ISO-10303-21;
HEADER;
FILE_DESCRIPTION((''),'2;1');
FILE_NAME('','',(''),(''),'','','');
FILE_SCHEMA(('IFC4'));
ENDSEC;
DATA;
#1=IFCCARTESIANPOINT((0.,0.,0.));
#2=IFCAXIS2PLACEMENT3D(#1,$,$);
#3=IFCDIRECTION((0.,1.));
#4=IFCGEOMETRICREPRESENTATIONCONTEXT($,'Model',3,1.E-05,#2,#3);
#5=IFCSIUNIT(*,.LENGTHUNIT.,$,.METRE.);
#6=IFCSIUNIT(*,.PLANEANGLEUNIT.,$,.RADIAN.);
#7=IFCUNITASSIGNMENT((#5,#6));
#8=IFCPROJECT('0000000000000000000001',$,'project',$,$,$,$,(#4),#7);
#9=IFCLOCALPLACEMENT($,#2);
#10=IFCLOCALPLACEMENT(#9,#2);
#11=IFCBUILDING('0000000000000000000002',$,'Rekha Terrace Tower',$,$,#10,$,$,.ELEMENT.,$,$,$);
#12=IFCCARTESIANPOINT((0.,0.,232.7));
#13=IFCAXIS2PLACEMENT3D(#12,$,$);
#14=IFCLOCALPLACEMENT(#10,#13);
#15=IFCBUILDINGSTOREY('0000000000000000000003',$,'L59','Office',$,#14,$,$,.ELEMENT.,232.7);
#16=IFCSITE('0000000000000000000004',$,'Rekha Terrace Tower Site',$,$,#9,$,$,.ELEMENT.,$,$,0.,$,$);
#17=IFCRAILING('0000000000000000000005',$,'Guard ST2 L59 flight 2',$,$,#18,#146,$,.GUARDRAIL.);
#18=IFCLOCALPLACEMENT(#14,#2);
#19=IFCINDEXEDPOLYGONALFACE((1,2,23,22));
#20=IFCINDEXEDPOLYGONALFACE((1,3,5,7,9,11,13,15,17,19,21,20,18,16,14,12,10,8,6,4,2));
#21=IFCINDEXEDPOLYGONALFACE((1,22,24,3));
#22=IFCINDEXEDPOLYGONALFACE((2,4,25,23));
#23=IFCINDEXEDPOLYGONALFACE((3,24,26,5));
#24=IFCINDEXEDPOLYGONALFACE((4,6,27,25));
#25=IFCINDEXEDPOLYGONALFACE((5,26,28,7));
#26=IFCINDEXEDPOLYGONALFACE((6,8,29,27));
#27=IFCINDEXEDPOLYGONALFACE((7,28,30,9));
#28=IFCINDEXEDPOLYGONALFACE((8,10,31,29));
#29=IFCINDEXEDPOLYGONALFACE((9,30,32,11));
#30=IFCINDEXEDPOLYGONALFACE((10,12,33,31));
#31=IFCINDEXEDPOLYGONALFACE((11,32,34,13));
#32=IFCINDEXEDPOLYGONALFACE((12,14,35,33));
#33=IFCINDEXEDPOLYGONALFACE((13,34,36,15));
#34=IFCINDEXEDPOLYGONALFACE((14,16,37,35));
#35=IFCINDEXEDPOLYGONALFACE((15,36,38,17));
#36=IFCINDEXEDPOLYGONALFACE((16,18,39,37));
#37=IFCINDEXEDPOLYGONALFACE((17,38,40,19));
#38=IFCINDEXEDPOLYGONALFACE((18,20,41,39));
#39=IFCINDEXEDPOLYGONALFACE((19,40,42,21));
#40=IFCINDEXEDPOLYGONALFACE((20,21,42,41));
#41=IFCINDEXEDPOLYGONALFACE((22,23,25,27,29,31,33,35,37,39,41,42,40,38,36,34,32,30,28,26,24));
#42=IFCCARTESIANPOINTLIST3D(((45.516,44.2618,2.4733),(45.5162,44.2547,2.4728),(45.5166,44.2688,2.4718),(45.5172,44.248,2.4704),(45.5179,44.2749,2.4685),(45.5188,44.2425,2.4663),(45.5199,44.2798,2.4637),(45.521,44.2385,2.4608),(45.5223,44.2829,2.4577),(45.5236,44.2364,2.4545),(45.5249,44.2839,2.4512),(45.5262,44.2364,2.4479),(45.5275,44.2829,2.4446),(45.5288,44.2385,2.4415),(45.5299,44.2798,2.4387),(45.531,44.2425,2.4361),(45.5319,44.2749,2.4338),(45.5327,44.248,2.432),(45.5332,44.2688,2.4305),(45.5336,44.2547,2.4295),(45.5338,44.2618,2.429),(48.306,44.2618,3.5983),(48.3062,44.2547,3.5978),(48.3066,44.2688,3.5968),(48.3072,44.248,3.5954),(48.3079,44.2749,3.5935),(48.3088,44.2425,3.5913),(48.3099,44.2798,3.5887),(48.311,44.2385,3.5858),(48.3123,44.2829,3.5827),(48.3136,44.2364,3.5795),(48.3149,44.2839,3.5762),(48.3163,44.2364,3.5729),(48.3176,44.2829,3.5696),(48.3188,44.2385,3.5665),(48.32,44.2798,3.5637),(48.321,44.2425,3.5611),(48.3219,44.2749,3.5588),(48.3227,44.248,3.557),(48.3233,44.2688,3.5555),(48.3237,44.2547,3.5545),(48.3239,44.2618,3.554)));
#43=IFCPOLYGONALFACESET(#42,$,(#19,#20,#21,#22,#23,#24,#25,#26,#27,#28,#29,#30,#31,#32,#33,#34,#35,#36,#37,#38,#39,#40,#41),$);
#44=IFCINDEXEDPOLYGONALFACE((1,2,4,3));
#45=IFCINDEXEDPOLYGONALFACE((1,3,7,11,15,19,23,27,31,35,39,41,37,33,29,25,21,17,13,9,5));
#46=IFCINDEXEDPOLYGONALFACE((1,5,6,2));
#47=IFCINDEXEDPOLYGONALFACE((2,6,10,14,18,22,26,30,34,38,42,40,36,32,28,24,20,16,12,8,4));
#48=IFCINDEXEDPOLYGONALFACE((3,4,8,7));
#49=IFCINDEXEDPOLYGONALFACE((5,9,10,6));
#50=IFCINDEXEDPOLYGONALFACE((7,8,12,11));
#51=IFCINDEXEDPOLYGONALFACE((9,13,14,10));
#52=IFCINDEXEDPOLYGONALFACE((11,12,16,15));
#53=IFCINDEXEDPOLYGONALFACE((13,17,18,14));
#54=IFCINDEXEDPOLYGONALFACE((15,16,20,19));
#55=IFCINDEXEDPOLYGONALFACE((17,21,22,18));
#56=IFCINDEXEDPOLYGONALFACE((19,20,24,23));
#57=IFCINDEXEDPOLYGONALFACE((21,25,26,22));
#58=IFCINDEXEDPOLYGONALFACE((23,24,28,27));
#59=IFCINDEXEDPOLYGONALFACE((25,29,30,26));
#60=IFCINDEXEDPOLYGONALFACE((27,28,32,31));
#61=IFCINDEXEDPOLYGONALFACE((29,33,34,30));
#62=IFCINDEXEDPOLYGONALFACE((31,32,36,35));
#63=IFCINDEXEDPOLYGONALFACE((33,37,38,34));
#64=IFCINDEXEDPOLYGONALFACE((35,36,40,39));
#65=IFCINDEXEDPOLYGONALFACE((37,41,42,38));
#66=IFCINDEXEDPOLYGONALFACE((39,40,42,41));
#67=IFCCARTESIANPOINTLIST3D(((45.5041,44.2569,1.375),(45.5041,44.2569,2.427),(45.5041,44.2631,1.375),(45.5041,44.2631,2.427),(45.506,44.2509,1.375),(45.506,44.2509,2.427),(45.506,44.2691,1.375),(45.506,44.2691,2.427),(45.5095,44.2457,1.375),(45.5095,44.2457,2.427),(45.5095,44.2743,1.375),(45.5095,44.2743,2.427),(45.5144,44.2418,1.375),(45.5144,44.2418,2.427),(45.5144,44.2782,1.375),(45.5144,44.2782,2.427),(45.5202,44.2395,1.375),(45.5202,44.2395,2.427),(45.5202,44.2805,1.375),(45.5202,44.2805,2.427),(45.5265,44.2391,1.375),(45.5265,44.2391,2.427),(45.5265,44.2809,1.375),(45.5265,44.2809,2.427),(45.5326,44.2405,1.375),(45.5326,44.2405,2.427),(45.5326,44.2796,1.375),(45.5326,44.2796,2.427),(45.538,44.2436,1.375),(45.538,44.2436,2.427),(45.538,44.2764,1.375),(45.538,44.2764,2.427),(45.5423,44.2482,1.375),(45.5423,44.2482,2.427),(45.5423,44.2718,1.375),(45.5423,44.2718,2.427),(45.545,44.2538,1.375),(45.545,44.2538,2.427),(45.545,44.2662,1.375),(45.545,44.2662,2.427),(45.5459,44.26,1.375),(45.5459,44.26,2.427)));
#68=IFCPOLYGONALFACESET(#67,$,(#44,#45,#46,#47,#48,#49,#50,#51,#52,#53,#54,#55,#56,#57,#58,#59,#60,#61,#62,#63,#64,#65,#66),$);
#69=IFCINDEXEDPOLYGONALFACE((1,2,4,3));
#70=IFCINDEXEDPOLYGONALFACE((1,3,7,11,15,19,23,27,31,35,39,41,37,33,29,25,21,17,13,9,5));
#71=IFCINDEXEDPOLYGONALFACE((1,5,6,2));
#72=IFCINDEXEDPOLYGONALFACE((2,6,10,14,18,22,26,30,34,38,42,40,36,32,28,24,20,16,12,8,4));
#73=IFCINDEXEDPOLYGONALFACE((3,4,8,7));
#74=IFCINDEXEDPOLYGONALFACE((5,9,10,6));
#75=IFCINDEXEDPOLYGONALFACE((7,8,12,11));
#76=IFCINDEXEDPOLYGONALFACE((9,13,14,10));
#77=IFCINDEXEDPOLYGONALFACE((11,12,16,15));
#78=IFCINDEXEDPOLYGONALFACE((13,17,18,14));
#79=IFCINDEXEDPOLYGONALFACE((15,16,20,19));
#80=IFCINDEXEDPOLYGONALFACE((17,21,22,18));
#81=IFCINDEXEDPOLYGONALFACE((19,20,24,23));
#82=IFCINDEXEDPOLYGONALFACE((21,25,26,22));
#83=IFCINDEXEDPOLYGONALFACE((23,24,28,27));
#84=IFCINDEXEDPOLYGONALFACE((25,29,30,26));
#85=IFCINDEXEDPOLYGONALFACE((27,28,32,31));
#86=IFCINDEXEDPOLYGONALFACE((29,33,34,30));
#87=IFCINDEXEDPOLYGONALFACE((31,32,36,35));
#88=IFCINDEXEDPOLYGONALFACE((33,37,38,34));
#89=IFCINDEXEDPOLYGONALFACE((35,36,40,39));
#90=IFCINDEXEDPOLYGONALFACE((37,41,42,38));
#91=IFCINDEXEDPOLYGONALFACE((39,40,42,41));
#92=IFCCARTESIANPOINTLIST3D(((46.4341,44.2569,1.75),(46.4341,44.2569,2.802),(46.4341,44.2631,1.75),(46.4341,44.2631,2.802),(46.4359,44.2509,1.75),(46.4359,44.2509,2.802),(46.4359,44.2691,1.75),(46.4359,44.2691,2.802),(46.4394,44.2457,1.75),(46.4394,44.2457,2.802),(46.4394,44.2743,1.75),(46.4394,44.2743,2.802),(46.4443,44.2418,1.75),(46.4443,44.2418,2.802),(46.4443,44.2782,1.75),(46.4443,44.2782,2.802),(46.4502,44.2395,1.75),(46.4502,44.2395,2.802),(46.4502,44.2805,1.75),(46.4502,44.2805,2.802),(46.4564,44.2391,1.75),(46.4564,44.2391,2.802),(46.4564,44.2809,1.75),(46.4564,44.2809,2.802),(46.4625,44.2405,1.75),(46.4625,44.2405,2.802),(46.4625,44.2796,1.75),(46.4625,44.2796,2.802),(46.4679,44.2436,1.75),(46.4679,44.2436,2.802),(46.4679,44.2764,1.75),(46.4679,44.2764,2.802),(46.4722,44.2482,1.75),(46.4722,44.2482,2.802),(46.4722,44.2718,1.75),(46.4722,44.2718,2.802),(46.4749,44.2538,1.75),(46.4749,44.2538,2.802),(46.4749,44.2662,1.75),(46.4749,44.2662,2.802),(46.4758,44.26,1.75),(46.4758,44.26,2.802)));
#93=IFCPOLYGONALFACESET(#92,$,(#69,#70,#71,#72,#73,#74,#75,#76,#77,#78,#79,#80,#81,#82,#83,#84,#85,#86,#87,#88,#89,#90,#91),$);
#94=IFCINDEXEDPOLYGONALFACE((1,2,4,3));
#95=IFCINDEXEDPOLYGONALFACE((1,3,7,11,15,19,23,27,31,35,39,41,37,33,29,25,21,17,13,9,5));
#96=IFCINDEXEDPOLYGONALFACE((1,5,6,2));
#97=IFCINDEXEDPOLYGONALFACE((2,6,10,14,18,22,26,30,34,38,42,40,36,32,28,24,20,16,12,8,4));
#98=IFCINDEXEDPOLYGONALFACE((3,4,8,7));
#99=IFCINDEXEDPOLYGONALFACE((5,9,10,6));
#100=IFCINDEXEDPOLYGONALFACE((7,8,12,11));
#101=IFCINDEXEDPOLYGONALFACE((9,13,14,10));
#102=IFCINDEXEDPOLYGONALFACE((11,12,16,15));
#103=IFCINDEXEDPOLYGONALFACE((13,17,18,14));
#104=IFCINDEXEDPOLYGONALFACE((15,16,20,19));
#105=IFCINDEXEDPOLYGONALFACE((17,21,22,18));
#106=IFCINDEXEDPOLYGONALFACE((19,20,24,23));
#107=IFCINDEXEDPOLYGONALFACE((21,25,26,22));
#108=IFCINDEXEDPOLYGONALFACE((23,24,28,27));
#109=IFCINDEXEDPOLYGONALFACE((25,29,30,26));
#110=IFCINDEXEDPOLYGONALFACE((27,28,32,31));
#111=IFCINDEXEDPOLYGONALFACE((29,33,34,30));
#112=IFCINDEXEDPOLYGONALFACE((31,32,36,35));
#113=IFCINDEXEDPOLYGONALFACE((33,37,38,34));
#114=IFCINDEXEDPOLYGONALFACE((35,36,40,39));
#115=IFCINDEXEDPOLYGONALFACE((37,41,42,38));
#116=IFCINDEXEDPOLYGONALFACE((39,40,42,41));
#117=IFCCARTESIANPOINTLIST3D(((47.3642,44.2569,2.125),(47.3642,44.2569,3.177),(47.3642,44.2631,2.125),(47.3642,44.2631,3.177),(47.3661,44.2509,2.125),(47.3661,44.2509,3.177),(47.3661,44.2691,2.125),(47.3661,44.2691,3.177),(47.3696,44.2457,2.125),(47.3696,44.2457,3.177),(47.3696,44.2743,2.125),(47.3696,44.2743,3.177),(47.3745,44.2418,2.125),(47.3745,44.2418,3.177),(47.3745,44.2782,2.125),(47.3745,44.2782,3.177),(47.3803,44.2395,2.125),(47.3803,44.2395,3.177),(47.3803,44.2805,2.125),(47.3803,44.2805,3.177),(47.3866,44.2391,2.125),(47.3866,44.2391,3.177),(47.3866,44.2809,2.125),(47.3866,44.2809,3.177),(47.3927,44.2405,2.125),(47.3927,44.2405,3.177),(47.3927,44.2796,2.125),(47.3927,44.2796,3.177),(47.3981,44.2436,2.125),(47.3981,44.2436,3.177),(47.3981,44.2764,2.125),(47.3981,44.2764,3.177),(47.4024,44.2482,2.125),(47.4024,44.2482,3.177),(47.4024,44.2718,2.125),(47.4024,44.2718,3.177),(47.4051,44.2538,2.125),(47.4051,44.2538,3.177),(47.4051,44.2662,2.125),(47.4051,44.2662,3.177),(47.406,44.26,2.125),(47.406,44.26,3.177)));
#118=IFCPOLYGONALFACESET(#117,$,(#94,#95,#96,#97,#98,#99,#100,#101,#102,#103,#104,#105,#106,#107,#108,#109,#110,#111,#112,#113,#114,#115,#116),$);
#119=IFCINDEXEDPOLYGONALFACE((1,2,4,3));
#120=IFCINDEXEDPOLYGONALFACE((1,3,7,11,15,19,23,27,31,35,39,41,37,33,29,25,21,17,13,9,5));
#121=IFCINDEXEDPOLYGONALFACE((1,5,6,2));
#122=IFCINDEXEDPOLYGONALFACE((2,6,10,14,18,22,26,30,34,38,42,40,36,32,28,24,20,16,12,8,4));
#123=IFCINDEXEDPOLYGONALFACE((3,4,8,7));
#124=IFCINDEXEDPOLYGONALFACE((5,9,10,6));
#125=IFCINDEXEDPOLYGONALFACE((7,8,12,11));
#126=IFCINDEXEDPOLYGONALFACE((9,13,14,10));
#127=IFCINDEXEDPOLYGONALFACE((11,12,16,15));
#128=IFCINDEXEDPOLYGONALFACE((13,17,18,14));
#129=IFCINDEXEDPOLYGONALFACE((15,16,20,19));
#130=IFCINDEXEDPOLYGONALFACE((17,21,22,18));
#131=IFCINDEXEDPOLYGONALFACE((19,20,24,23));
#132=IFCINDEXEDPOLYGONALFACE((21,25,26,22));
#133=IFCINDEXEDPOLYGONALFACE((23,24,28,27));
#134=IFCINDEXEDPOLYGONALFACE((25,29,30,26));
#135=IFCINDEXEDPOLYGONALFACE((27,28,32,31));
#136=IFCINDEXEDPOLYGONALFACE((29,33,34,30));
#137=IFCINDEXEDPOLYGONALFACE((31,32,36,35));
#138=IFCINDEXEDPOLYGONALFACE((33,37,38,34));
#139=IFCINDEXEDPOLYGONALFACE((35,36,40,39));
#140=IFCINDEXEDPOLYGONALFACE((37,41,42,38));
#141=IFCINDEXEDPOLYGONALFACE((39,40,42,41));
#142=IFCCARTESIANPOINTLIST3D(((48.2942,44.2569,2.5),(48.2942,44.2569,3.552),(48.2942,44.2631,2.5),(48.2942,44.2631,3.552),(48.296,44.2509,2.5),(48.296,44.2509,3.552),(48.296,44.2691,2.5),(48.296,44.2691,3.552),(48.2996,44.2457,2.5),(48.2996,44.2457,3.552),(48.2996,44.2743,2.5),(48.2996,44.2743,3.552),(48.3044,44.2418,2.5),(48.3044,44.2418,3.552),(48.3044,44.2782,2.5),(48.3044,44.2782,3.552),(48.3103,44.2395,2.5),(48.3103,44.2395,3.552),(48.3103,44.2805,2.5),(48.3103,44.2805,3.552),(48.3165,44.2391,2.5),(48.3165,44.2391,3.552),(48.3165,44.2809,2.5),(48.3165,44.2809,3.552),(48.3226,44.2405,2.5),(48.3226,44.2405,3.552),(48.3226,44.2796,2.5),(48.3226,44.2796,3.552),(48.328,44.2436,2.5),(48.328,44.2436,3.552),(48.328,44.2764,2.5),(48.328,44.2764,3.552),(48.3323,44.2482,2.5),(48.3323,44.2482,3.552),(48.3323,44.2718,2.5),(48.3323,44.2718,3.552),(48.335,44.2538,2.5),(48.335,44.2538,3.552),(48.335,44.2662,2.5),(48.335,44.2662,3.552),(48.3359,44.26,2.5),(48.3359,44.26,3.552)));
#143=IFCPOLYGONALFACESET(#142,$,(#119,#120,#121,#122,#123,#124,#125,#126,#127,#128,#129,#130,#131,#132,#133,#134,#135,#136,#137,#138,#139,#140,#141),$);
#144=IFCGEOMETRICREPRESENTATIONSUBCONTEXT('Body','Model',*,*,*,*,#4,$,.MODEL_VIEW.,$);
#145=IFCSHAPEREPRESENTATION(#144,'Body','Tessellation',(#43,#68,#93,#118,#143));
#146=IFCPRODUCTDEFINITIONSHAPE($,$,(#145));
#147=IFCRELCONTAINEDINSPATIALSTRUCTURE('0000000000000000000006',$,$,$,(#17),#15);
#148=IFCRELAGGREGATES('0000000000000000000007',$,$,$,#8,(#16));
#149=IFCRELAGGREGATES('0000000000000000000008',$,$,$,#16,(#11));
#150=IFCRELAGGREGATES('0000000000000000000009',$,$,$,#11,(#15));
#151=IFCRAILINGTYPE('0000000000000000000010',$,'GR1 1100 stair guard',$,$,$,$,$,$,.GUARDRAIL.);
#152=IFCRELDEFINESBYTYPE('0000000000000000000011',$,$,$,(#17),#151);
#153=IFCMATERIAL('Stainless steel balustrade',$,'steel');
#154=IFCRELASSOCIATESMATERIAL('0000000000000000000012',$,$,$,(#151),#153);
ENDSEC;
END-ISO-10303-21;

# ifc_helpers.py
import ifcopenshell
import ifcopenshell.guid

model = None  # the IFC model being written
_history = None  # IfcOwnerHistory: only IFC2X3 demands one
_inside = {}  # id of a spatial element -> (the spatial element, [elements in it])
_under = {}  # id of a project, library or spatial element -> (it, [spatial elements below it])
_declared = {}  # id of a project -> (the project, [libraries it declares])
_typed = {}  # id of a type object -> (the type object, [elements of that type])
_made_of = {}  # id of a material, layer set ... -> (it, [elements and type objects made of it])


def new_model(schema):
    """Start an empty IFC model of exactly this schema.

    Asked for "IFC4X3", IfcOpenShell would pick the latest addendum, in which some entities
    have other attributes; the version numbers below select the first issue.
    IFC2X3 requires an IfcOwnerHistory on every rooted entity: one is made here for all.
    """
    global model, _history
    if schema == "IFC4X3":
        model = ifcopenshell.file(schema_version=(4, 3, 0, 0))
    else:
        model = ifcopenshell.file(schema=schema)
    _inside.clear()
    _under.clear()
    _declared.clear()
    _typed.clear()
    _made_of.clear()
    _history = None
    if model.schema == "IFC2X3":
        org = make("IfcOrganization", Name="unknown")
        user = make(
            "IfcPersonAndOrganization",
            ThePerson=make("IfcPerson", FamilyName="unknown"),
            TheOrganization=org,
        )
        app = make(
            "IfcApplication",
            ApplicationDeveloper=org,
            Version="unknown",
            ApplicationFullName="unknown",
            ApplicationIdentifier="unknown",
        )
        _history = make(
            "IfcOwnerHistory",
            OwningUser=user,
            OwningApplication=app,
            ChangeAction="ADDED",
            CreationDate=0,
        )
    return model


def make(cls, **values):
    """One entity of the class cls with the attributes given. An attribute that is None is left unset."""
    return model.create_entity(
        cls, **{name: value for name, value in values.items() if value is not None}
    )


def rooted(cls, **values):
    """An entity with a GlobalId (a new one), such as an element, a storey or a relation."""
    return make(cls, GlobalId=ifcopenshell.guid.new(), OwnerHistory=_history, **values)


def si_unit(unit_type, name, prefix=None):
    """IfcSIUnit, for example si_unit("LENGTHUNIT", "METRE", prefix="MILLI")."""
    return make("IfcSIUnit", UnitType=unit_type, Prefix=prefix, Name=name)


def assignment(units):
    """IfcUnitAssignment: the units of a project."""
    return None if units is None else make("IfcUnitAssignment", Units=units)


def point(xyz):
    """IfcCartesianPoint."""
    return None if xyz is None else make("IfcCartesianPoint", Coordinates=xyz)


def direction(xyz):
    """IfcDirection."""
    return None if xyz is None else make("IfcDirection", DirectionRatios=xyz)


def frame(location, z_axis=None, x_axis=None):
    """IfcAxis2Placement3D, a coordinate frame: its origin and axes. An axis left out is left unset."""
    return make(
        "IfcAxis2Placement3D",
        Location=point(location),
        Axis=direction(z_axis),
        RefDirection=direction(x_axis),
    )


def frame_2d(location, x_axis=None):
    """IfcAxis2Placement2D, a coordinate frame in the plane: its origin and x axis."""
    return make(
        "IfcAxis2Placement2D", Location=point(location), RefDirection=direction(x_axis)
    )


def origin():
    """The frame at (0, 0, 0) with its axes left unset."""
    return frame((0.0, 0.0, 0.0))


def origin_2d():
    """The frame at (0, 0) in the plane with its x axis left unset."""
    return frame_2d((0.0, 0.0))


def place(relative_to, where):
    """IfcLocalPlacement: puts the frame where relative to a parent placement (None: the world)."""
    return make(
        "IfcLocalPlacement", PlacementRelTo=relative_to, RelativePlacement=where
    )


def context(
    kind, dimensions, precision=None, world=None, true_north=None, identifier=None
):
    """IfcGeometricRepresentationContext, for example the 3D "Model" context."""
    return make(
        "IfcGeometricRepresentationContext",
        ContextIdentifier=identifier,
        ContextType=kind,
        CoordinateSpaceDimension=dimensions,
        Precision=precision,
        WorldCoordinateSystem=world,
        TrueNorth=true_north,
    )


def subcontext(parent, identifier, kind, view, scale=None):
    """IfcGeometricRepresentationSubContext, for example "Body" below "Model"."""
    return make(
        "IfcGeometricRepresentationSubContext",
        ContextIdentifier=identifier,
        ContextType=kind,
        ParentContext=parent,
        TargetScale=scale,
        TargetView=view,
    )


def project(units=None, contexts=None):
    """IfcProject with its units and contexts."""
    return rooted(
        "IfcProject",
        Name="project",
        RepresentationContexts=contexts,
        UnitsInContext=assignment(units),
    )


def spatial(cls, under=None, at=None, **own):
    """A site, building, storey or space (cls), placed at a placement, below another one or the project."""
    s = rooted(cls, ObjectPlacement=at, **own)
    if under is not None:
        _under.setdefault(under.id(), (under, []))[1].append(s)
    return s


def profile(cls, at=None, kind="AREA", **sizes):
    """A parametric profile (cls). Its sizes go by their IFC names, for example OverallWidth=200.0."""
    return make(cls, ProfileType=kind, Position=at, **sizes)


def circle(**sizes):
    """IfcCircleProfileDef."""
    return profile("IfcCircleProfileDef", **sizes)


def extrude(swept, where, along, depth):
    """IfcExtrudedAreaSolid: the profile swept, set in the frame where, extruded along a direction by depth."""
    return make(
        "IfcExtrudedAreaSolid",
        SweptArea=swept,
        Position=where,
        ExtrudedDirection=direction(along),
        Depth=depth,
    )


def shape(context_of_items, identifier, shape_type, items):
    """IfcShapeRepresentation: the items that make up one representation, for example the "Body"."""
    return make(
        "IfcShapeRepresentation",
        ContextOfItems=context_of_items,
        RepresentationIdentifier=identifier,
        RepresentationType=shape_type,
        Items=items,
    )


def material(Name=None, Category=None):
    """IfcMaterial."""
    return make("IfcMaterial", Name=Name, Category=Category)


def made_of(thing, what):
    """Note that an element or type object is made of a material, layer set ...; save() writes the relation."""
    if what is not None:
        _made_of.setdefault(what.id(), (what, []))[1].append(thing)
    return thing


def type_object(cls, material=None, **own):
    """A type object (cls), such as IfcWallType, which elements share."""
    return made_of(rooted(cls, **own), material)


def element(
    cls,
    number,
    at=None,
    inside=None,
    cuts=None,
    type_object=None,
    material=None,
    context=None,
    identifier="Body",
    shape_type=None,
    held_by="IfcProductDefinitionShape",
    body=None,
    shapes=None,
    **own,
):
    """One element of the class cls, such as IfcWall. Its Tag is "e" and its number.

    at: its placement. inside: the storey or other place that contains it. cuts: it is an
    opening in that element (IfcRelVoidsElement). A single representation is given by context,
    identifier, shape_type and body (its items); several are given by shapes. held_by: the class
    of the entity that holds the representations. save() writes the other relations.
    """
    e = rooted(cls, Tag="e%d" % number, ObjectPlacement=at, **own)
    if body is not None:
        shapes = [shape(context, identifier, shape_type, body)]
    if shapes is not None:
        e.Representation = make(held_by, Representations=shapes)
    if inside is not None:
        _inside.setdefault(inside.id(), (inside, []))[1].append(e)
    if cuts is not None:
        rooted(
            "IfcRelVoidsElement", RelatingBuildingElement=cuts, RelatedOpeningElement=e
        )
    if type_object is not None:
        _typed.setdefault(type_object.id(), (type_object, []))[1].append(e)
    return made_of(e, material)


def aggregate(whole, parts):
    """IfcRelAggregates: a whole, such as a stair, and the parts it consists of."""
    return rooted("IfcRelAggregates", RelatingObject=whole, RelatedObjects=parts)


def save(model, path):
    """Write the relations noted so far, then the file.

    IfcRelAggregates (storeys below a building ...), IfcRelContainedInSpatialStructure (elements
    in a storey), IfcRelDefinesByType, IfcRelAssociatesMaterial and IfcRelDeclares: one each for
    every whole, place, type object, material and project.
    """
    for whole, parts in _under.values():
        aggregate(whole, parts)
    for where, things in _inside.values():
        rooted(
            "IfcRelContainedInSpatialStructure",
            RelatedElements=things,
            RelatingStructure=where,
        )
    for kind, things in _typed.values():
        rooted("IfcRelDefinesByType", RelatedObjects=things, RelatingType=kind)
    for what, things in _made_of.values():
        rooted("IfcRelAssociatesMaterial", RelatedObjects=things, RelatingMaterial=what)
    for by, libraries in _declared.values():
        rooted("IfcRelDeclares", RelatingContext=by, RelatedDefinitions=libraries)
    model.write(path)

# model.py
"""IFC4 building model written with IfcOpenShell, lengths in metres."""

from ifc_helpers import new_model, si_unit, direction, frame, origin, origin_2d, place, context, subcontext, project, spatial, circle, extrude, material, type_object, element, save


model = new_model("IFC4")

# Units and contexts
model_context = context("Model", 3, precision=1e-05, world=origin(), true_north=direction((0.0, 1.0)))
body_context = subcontext(model_context, "Body", "Model", "MODEL_VIEW")
ifc_project = project(units=[si_unit("LENGTHUNIT", "METRE"), si_unit("PLANEANGLEUNIT", "RADIAN")], contexts=[model_context])

# Site, building, storey
site_placement = place(None, origin())
site = spatial("IfcSite", under=ifc_project, at=site_placement, Name="Rekha Terrace Tower Site", CompositionType="ELEMENT", RefElevation=0.0)
building_placement = place(site_placement, origin())
building = spatial("IfcBuilding", under=site, at=building_placement, Name="Rekha Terrace Tower", CompositionType="ELEMENT")
storey_placement = place(building_placement, frame((0.0, 0.0, 232.7)))
storey = spatial("IfcBuildingStorey", under=building, at=storey_placement, Name="L59", Description="Office", CompositionType="ELEMENT", Elevation=232.7)

# Railing
ifc_material_1 = material(Name="Stainless steel balustrade", Category="steel")
railing_type_1 = type_object("IfcRailingType", Name="GR1 1100 stair guard", PredefinedType="GUARDRAIL", material=ifc_material_1)
railing_1_placement = place(storey_placement, frame((45.5249, 44.26, 1.375)))
element("IfcRailing", 1, at=railing_1_placement, inside=storey, type_object=railing_type_1, Name="Guard ST2 L59 flight 2", PredefinedType="GUARDRAIL", context=body_context, shape_type="SweptSolid", body=[
    extrude(circle(Radius=0.0239, at=origin_2d()), frame((0.0, 0.0, 1.0762), z_axis=(0.927443, 0.0, 0.373964), x_axis=(0.0, 1.0, 0.0)), (0.0, 0.0, 1.0), 3.0083),
    extrude(circle(Radius=0.021, at=origin_2d()), origin(), (0.0, 0.0, 1.0), 1.052),
    extrude(circle(Radius=0.021, at=origin_2d()), frame((0.9299, 0.0, 0.375)), (0.0, 0.0, 1.0), 1.052),
    extrude(circle(Radius=0.021, at=origin_2d()), frame((1.8601, 0.0, 0.75)), (0.0, 0.0, 1.0), 1.052),
    extrude(circle(Radius=0.021, at=origin_2d()), frame((2.79, 0.0, 1.125)), (0.0, 0.0, 1.0), 1.052),
])

save(model, "model.ifc")
